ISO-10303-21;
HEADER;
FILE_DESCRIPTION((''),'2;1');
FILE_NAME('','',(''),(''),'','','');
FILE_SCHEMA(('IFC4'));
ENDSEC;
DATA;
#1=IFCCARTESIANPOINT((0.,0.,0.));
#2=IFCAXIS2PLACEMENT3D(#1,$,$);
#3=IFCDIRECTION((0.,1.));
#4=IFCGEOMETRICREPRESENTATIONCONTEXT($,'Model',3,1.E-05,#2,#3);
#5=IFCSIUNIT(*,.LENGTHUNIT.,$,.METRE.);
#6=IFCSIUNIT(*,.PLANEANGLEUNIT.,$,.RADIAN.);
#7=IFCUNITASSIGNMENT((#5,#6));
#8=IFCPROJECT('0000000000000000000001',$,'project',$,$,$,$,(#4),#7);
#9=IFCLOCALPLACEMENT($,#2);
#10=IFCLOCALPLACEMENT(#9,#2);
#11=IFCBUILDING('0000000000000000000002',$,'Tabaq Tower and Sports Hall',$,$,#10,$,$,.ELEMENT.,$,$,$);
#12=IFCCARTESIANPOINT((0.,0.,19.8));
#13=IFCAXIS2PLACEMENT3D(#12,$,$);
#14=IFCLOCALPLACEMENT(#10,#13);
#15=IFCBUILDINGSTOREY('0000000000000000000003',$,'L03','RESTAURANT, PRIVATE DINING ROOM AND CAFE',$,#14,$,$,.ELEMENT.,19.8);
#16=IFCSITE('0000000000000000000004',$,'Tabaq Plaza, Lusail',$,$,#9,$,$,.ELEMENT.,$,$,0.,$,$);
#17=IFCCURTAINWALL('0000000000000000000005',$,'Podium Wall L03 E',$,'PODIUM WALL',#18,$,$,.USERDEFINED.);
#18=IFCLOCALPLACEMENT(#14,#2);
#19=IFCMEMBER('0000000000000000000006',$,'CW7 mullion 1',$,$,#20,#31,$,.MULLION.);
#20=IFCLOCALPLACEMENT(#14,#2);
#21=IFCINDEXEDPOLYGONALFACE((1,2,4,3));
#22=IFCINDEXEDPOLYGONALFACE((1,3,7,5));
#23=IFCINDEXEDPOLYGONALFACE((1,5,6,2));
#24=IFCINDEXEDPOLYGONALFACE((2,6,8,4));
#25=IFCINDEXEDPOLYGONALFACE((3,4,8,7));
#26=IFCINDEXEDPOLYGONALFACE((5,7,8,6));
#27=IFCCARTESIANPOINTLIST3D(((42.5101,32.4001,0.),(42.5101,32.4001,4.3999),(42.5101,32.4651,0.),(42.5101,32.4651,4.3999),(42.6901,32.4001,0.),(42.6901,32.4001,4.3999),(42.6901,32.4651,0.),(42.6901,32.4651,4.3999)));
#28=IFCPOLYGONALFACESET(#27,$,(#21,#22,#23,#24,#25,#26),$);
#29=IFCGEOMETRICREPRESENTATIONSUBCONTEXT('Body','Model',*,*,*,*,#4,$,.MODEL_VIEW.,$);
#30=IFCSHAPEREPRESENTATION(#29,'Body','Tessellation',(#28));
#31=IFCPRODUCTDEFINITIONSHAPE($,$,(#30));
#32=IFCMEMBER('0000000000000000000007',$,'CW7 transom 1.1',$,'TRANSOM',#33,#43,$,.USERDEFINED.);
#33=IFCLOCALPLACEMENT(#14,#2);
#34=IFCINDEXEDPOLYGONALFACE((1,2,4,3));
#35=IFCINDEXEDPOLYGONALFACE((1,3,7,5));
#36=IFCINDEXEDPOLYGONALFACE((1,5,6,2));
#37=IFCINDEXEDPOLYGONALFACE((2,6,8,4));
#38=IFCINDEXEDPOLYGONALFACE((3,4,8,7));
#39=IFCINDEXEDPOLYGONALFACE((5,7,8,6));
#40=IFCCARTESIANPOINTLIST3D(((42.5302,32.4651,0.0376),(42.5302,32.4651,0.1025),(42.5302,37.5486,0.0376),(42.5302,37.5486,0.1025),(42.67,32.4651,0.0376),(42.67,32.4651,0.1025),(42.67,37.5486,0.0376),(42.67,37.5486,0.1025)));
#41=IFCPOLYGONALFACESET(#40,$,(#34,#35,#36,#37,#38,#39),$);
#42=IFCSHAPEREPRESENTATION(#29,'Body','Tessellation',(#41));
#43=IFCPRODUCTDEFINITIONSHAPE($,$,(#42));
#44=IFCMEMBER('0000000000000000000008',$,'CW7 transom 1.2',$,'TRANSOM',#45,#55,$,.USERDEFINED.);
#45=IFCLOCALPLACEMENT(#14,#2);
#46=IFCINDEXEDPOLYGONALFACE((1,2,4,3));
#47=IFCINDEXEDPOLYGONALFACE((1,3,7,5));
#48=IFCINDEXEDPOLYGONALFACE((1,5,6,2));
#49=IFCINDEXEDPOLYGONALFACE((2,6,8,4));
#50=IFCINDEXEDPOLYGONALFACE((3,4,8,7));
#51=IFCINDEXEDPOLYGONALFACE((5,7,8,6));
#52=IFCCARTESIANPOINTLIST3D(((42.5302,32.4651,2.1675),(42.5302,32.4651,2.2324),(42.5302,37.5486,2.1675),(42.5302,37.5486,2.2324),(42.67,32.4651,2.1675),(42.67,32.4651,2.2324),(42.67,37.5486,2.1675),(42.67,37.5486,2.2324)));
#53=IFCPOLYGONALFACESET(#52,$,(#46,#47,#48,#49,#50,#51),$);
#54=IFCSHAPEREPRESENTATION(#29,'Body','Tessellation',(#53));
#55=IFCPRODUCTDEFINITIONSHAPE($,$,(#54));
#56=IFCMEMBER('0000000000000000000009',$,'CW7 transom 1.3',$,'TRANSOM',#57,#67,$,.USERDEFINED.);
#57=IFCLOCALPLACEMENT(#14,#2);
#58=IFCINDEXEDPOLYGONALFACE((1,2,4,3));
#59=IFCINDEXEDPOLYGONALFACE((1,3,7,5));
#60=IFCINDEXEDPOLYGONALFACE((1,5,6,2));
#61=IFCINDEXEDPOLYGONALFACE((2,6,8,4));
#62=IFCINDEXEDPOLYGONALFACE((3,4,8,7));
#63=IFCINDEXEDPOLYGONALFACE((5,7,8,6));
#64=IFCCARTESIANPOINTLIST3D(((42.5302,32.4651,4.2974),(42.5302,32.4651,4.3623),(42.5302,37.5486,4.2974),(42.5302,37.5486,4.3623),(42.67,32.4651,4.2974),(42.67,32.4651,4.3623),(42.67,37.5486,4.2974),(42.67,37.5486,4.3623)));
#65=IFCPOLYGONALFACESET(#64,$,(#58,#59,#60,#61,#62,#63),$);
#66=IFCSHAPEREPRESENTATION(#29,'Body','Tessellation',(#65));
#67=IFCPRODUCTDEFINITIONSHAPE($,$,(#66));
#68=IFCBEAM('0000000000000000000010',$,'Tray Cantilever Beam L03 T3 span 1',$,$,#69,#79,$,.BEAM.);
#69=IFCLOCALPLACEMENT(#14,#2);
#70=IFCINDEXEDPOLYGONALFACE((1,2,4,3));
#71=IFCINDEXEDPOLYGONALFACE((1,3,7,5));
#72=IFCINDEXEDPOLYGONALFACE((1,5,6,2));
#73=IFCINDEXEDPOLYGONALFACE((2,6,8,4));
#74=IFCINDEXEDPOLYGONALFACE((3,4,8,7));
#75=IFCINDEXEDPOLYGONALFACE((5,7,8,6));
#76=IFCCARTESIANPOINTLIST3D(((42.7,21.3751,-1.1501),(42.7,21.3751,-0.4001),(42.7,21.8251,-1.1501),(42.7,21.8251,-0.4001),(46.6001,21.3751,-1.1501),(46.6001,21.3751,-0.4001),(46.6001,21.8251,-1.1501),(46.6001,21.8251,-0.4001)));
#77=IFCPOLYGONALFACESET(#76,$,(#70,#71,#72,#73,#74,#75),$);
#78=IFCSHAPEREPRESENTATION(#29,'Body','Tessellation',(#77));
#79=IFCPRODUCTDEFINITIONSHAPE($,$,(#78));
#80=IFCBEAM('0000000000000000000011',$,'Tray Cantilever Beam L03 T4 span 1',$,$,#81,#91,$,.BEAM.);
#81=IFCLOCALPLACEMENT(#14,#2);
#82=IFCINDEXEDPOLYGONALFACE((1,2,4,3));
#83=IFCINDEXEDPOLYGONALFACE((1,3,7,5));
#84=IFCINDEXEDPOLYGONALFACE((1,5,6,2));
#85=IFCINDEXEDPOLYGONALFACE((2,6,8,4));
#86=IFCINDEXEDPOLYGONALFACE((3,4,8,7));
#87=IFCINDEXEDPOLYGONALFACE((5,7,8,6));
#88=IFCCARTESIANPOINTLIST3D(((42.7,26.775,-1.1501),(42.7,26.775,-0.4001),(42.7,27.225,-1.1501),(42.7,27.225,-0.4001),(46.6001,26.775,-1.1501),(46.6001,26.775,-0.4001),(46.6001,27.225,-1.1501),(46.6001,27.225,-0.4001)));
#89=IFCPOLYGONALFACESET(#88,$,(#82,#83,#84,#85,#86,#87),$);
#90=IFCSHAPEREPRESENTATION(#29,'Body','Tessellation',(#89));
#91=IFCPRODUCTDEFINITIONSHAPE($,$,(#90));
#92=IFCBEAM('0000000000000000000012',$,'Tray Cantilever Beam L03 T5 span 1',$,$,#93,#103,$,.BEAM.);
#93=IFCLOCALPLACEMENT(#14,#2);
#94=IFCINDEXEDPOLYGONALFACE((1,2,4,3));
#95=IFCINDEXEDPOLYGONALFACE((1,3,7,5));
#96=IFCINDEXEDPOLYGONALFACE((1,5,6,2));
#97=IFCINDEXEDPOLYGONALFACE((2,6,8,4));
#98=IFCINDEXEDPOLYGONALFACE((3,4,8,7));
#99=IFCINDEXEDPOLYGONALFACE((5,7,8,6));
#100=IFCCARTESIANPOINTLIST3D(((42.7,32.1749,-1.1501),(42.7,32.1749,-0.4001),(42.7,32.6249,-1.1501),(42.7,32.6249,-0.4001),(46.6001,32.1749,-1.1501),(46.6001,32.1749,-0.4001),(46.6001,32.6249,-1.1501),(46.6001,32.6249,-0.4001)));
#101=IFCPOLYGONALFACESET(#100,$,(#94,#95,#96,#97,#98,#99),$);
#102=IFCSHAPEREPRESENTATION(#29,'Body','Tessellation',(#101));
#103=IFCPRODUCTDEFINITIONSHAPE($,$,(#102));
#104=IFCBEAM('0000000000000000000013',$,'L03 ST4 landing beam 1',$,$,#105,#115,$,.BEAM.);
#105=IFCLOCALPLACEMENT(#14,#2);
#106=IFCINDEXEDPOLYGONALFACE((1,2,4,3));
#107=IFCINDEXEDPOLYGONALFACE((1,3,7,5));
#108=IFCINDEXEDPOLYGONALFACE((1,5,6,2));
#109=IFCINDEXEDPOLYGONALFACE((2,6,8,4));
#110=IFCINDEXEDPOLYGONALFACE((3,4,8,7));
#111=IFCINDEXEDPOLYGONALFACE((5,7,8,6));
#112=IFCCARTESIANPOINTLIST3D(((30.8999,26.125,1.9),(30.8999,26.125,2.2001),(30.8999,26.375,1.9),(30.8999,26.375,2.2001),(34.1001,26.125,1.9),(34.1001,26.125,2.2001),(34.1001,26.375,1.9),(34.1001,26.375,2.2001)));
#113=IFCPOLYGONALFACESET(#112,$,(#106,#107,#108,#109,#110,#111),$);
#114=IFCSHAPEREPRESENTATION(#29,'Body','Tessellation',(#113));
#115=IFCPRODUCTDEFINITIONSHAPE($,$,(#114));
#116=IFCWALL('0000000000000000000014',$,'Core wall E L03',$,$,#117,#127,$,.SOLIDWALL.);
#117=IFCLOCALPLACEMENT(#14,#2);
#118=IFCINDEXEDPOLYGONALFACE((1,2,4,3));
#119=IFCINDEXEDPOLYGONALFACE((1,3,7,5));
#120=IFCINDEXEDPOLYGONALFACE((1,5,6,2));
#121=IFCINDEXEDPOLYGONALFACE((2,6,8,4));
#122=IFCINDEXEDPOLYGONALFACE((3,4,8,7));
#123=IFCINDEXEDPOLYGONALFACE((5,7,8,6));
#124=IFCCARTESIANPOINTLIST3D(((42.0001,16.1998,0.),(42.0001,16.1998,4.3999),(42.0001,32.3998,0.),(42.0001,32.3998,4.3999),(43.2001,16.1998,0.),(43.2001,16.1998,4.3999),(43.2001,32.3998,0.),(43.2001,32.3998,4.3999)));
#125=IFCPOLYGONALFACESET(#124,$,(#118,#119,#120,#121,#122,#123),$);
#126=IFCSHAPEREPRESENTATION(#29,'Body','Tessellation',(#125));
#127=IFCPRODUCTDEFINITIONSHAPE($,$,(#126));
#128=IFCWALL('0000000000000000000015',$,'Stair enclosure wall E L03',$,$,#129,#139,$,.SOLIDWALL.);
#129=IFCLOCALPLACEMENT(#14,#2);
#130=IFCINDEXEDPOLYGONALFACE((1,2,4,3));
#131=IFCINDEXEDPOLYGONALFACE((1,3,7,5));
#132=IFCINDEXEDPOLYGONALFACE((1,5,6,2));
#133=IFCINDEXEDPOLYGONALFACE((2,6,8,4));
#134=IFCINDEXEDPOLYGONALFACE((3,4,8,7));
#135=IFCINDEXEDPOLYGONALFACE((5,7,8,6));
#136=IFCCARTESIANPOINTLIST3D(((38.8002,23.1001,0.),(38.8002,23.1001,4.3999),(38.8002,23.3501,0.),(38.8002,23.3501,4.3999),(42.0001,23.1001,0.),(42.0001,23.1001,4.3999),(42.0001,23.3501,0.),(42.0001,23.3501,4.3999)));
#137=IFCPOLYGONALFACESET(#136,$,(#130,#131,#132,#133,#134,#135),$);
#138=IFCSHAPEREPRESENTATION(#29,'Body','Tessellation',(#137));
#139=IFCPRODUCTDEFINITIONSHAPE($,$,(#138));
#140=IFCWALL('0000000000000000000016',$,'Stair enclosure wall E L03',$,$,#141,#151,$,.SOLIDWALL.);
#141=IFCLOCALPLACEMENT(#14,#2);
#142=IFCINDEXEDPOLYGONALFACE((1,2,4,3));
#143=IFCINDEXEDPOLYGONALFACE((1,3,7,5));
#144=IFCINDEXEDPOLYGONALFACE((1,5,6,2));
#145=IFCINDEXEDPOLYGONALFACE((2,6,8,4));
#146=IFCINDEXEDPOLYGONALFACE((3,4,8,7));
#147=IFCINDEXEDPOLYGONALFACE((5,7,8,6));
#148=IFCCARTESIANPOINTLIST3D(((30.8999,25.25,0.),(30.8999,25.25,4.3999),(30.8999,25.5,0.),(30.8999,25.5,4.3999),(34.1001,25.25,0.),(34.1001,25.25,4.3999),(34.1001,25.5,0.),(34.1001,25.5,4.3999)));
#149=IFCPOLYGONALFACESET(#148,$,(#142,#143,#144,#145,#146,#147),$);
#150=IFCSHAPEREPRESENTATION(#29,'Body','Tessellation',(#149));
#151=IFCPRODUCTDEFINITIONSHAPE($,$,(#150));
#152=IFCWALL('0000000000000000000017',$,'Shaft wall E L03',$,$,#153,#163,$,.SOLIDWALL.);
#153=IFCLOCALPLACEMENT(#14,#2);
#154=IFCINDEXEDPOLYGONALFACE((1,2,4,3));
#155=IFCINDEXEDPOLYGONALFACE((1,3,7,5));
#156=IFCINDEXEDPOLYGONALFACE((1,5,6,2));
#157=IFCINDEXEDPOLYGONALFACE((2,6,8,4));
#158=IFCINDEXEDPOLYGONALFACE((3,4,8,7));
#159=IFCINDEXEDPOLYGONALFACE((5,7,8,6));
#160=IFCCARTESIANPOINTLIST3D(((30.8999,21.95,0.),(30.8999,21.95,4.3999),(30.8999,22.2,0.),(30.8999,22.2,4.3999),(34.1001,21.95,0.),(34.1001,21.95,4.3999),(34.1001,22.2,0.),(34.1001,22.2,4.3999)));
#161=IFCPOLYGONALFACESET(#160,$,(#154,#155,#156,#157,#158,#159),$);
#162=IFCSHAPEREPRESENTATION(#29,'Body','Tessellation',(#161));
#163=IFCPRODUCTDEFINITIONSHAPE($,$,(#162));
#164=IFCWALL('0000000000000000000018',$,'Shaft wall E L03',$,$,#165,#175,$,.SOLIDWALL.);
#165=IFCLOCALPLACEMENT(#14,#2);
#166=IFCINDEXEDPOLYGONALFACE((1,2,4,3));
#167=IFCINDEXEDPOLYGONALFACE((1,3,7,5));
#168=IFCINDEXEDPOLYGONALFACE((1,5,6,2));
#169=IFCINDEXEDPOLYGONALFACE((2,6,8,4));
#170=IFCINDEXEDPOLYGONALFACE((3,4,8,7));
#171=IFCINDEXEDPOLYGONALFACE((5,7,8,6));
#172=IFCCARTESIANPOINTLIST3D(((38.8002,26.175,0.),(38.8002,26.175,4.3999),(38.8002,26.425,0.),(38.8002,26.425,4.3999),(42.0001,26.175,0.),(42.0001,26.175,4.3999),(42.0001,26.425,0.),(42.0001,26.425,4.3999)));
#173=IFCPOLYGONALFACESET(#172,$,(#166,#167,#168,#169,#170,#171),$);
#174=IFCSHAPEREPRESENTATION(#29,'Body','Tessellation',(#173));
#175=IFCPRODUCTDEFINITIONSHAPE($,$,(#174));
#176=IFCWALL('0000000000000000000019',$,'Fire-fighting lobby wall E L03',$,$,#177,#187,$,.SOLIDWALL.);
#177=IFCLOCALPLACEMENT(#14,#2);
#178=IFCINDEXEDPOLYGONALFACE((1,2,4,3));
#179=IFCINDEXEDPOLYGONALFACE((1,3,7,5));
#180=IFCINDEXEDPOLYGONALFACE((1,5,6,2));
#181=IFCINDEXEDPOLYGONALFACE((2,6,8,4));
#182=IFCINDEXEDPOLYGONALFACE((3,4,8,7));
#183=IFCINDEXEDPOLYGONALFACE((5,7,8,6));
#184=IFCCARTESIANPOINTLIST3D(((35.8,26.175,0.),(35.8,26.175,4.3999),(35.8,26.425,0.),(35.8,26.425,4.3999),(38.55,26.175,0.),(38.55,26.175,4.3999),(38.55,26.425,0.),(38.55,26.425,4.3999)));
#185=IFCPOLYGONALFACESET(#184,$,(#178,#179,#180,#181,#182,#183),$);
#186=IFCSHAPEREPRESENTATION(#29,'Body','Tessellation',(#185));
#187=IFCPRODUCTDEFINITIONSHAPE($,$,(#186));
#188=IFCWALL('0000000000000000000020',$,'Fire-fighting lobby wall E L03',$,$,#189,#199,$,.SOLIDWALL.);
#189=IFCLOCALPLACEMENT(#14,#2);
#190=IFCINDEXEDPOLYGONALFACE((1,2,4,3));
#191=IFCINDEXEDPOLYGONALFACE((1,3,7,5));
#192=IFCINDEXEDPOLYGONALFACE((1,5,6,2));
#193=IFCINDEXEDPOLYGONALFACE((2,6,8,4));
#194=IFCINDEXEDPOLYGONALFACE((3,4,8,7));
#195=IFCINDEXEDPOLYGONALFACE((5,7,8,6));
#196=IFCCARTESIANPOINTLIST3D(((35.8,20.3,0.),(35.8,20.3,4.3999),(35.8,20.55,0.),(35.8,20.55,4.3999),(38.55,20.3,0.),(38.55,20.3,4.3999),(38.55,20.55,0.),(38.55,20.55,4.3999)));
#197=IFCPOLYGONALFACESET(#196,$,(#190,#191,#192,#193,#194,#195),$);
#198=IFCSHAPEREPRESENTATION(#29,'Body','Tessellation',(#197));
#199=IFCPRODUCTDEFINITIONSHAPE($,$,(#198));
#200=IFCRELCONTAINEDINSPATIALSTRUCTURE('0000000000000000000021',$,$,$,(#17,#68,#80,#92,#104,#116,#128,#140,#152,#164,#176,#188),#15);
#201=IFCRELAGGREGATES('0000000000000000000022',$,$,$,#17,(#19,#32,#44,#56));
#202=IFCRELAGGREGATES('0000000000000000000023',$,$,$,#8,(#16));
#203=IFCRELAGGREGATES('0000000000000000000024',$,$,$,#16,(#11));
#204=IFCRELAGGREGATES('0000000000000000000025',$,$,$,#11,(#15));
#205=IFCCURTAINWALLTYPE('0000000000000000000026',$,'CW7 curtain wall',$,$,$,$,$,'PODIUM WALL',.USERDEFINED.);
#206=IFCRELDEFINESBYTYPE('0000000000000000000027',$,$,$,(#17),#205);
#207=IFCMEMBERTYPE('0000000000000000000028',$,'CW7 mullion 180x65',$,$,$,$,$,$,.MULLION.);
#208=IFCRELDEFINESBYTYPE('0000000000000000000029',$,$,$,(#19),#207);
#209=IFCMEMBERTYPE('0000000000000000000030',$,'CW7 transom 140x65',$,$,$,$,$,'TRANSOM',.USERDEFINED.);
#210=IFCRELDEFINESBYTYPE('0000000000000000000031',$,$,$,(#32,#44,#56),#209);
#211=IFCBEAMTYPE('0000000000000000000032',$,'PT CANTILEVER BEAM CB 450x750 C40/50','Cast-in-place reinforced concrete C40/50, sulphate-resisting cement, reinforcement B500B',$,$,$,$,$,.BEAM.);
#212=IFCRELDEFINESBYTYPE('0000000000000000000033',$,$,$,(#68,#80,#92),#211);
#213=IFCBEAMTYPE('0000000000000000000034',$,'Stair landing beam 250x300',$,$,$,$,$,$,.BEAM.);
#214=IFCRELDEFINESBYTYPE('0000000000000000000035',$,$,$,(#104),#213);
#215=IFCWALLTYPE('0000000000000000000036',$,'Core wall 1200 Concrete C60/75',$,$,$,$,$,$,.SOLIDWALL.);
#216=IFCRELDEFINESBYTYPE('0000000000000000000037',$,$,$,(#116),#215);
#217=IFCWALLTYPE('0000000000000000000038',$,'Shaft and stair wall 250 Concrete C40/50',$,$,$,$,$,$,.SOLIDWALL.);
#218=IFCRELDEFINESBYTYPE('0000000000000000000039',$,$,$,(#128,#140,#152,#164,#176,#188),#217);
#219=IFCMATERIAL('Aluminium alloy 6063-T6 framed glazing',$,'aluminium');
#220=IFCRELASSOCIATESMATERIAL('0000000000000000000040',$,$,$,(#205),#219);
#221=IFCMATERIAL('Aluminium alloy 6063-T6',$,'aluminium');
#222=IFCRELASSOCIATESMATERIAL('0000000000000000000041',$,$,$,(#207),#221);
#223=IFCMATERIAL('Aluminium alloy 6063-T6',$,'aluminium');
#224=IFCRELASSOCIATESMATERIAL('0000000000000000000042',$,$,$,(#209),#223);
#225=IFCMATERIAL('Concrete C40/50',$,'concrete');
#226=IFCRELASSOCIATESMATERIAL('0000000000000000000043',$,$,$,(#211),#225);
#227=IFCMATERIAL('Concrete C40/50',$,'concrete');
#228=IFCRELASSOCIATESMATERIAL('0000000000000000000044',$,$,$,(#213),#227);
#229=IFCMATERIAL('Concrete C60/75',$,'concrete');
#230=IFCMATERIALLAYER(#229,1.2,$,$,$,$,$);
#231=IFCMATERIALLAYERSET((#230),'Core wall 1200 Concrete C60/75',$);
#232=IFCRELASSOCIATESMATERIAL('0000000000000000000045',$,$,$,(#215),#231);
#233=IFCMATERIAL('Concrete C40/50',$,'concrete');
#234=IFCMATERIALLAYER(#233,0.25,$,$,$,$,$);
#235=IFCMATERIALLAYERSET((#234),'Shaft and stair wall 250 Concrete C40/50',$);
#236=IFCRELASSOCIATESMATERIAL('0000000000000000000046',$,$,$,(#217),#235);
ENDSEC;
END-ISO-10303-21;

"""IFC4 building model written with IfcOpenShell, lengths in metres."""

from ifc_helpers import new_model, si_unit, direction, frame, frame_2d, origin, origin_2d, place, context, subcontext, project, spatial, rectangle, extrude, material, layer, layer_set, material_profile, profile_set, type_object, element, aggregate, save


model = new_model("IFC4")

# Units and contexts
model_context = context("Model", 3, precision=1e-05, world=origin(), true_north=direction((0.0, 1.0)))
body_context = subcontext(model_context, "Body", "Model", "MODEL_VIEW")
ifc_project = project(units=[si_unit("LENGTHUNIT", "METRE"), si_unit("PLANEANGLEUNIT", "RADIAN")], contexts=[model_context])

# Site, building, storey
site_placement = place(None, origin())
site = spatial("IfcSite", under=ifc_project, at=site_placement, Name="Tabaq Plaza, Lusail", CompositionType="ELEMENT", RefElevation=0.0)
building_placement = place(site_placement, origin())
building = spatial("IfcBuilding", under=site, at=building_placement, Name="Tabaq Tower and Sports Hall", CompositionType="ELEMENT")
storey_placement = place(building_placement, frame((0.0, 0.0, 19.8)))
storey = spatial("IfcBuildingStorey", under=building, at=storey_placement, Name="L03", Description="RESTAURANT, PRIVATE DINING ROOM AND CAFE", CompositionType="ELEMENT", Elevation=19.8)

# Curtain wall, members
ifc_material_1 = material(Name="Aluminium alloy 6063-T6 framed glazing", Category="aluminium")
curtain_wall_type = type_object("IfcCurtainWallType", Name="CW7 curtain wall", ElementType="PODIUM WALL", PredefinedType="USERDEFINED", material=ifc_material_1)
curtain_wall_placement = place(storey_placement, origin())
curtain_wall = element("IfcCurtainWall", 1, at=curtain_wall_placement, inside=storey, type_object=curtain_wall_type, Name="Podium Wall L03 E", ObjectType="PODIUM WALL", PredefinedType="USERDEFINED")
ifc_material_2 = material(Name="Aluminium alloy 6063-T6", Category="aluminium")
ifc_material_profile_1 = material_profile(ifc_material_2, rectangle(XDim=0.1799, YDim=0.0649, at=origin_2d()), Name="MULLION 180x65")
ifc_profile_set_1 = profile_set([ifc_material_profile_1], Name="Aluminium alloy 6063-T6")
member_type_1 = type_object("IfcMemberType", Name="CW7 mullion 180x65", PredefinedType="MULLION", material=ifc_profile_set_1)
member_1_placement = place(storey_placement, frame((42.6001, 32.4326, 0.0), z_axis=(0.0, 0.0, 1.0), x_axis=(-1.0, 0.0, 0.0)))
member_1 = element("IfcMember", 2, at=member_1_placement, type_object=member_type_1, Name="CW7 mullion 1", PredefinedType="MULLION", context=body_context, shape_type="SweptSolid", body=[
    extrude(rectangle(XDim=0.1799, YDim=0.0649, at=origin_2d()), origin(), (0.0, 0.0, 1.0), 4.3999),
])
ifc_material_3 = material(Name="Aluminium alloy 6063-T6", Category="aluminium")
ifc_material_profile_2 = material_profile(ifc_material_3, rectangle(XDim=0.1399, YDim=0.0649, at=origin_2d()), Name="TRANSOM 140x65")
ifc_profile_set_2 = profile_set([ifc_material_profile_2], Name="Aluminium alloy 6063-T6")
member_type_2 = type_object("IfcMemberType", Name="CW7 transom 140x65", ElementType="TRANSOM", PredefinedType="USERDEFINED", material=ifc_profile_set_2)
member_2_placement = place(storey_placement, frame((42.6001, 32.4651, 0.0701), z_axis=(0.0, 1.0, 0.0), x_axis=(-1.0, 0.0, 0.0)))
member_2 = element("IfcMember", 3, at=member_2_placement, type_object=member_type_2, Name="CW7 transom 1.1", ObjectType="TRANSOM", PredefinedType="USERDEFINED", context=body_context, shape_type="SweptSolid", body=[
    extrude(rectangle(XDim=0.1399, YDim=0.0649, at=origin_2d()), origin(), (0.0, 0.0, 1.0), 5.0835),
])
member_3_placement = place(storey_placement, frame((42.6001, 32.4651, 2.2), z_axis=(0.0, 1.0, 0.0), x_axis=(-1.0, 0.0, 0.0)))
member_3 = element("IfcMember", 4, at=member_3_placement, type_object=member_type_2, Name="CW7 transom 1.2", ObjectType="TRANSOM", PredefinedType="USERDEFINED", context=body_context, shape_type="SweptSolid", body=[
    extrude(rectangle(XDim=0.1399, YDim=0.0649, at=origin_2d()), origin(), (0.0, 0.0, 1.0), 5.0835),
])
member_4_placement = place(storey_placement, frame((42.6001, 32.4651, 4.3298), z_axis=(0.0, 1.0, 0.0), x_axis=(-1.0, 0.0, 0.0)))
member_4 = element("IfcMember", 5, at=member_4_placement, type_object=member_type_2, Name="CW7 transom 1.3", ObjectType="TRANSOM", PredefinedType="USERDEFINED", context=body_context, shape_type="SweptSolid", body=[
    extrude(rectangle(XDim=0.1399, YDim=0.0649, at=origin_2d()), origin(), (0.0, 0.0, 1.0), 5.0835),
])
aggregate(curtain_wall, [member_1, member_2, member_3, member_4])

# Beams
ifc_material_4 = material(Name="Concrete C40/50", Category="concrete")
ifc_material_profile_3 = material_profile(ifc_material_4, rectangle(XDim=0.45, YDim=0.75, at=origin_2d()), Name="CB 450x750")
ifc_profile_set_3 = profile_set([ifc_material_profile_3], Name="Concrete C40/50")
beam_type_1 = type_object("IfcBeamType", Name="PT CANTILEVER BEAM CB 450x750 C40/50", Description="Cast-in-place reinforced concrete C40/50, sulphate-resisting cement, reinforcement B500B", PredefinedType="BEAM", material=ifc_profile_set_3)
for number, where, z_axis, x_axis, name in (
    (6, (46.6001, 21.6001, -0.7751), (-1.0, 0.0, 0.0), (0.0, -1.0, 0.0), "Tray Cantilever Beam L03 T3 span 1"),
    (7, (46.6001, 27.0, -0.7751), (-1.0, 0.0, 0.0), (0.0, -1.0, 0.0), "Tray Cantilever Beam L03 T4 span 1"),
    (8, (46.6001, 32.3999, -0.7751), (-1.0, 0.0, 0.0), (0.0, -1.0, 0.0), "Tray Cantilever Beam L03 T5 span 1"),
):
    element("IfcBeam", number, at=place(storey_placement, frame(where, z_axis=z_axis, x_axis=x_axis)), inside=storey, type_object=beam_type_1, Name=name, PredefinedType="BEAM", context=body_context, shape_type="SweptSolid", body=[
        extrude(rectangle(XDim=0.45, YDim=0.75, at=origin_2d()), origin(), (0.0, 0.0, 1.0), 3.9001),
    ])
ifc_material_5 = material(Name="Concrete C40/50", Category="concrete")
ifc_material_profile_4 = material_profile(ifc_material_5, rectangle(XDim=0.25, YDim=0.3, at=origin_2d()), Name="RC 250x300")
ifc_profile_set_4 = profile_set([ifc_material_profile_4], Name="Concrete C40/50")
beam_type_2 = type_object("IfcBeamType", Name="Stair landing beam 250x300", PredefinedType="BEAM", material=ifc_profile_set_4)
beam_placement = place(storey_placement, frame((30.8999, 26.25, 2.05), z_axis=(1.0, 0.0, 0.0), x_axis=(0.0, 1.0, 0.0)))
element("IfcBeam", 9, at=beam_placement, inside=storey, type_object=beam_type_2, Name="L03 ST4 landing beam 1", PredefinedType="BEAM", context=body_context, shape_type="SweptSolid", body=[
    extrude(rectangle(XDim=0.25, YDim=0.3, at=origin_2d()), origin(), (0.0, 0.0, 1.0), 3.2002),
])

# Wall
ifc_material_6 = material(Name="Concrete C60/75", Category="concrete")
ifc_layer_1 = layer(ifc_material_6, 1.2)
ifc_layer_set_1 = layer_set([ifc_layer_1], Name="Core wall 1200 Concrete C60/75")
wall_type_1 = type_object("IfcWallType", Name="Core wall 1200 Concrete C60/75", PredefinedType="SOLIDWALL", material=ifc_layer_set_1)
wall_1_placement = place(storey_placement, frame((42.6001, 32.3999, 0.0), z_axis=(0.0, 0.0, 1.0), x_axis=(0.0, -1.0, 0.0)))
element("IfcWall", 10, at=wall_1_placement, inside=storey, type_object=wall_type_1, Name="Core wall E L03", PredefinedType="SOLIDWALL", context=body_context, shape_type="SweptSolid", body=[
    extrude(rectangle(XDim=16.2, YDim=1.2, at=frame_2d((8.1001, 0.0))), origin(), (0.0, 0.0, 1.0), 4.3999),
])

# Walls
ifc_material_7 = material(Name="Concrete C40/50", Category="concrete")
ifc_layer_2 = layer(ifc_material_7, 0.25)
ifc_layer_set_2 = layer_set([ifc_layer_2], Name="Shaft and stair wall 250 Concrete C40/50")
wall_type_2 = type_object("IfcWallType", Name="Shaft and stair wall 250 Concrete C40/50", PredefinedType="SOLIDWALL", material=ifc_layer_set_2)
wall_2_placement = place(storey_placement, frame((38.8, 23.2251, 0.0), z_axis=(0.0, 0.0, 1.0), x_axis=(1.0, 0.0, 0.0)))
element("IfcWall", 11, at=wall_2_placement, inside=storey, type_object=wall_type_2, Name="Stair enclosure wall E L03", PredefinedType="SOLIDWALL", context=body_context, shape_type="SweptSolid", body=[
    extrude(rectangle(XDim=3.2, YDim=0.25, at=frame_2d((1.6001, 0.0))), origin(), (0.0, 0.0, 1.0), 4.3999),
])
for number, where, z_axis, x_axis, name in (
    (12, (30.8999, 25.375, 0.0), (0.0, 0.0, 1.0), (1.0, 0.0, 0.0), "Stair enclosure wall E L03"),
    (13, (30.8999, 22.075, 0.0), (0.0, 0.0, 1.0), (1.0, 0.0, 0.0), "Shaft wall E L03"),
):
    element("IfcWall", number, at=place(storey_placement, frame(where, z_axis=z_axis, x_axis=x_axis)), inside=storey, type_object=wall_type_2, Name=name, PredefinedType="SOLIDWALL", context=body_context, shape_type="SweptSolid", body=[
        extrude(rectangle(XDim=3.2002, YDim=0.25, at=frame_2d((1.6001, 0.0))), origin(), (0.0, 0.0, 1.0), 4.3999),
    ])
wall_3_placement = place(storey_placement, frame((38.8, 26.3, 0.0), z_axis=(0.0, 0.0, 1.0), x_axis=(1.0, 0.0, 0.0)))
element("IfcWall", 14, at=wall_3_placement, inside=storey, type_object=wall_type_2, Name="Shaft wall E L03", PredefinedType="SOLIDWALL", context=body_context, shape_type="SweptSolid", body=[
    extrude(rectangle(XDim=3.2, YDim=0.25, at=frame_2d((1.6001, 0.0))), origin(), (0.0, 0.0, 1.0), 4.3999),
])
for number, where, z_axis, x_axis, name in (
    (15, (35.8, 26.3, 0.0), (0.0, 0.0, 1.0), (1.0, 0.0, 0.0), "Fire-fighting lobby wall E L03"),
    (16, (35.8, 20.425, 0.0), (0.0, 0.0, 1.0), (1.0, 0.0, 0.0), "Fire-fighting lobby wall E L03"),
):
    element("IfcWall", number, at=place(storey_placement, frame(where, z_axis=z_axis, x_axis=x_axis)), inside=storey, type_object=wall_type_2, Name=name, PredefinedType="SOLIDWALL", context=body_context, shape_type="SweptSolid", body=[
        extrude(rectangle(XDim=2.75, YDim=0.25, at=frame_2d((1.375, 0.0))), origin(), (0.0, 0.0, 1.0), 4.3999),
    ])

save(model, "model.ifc")
